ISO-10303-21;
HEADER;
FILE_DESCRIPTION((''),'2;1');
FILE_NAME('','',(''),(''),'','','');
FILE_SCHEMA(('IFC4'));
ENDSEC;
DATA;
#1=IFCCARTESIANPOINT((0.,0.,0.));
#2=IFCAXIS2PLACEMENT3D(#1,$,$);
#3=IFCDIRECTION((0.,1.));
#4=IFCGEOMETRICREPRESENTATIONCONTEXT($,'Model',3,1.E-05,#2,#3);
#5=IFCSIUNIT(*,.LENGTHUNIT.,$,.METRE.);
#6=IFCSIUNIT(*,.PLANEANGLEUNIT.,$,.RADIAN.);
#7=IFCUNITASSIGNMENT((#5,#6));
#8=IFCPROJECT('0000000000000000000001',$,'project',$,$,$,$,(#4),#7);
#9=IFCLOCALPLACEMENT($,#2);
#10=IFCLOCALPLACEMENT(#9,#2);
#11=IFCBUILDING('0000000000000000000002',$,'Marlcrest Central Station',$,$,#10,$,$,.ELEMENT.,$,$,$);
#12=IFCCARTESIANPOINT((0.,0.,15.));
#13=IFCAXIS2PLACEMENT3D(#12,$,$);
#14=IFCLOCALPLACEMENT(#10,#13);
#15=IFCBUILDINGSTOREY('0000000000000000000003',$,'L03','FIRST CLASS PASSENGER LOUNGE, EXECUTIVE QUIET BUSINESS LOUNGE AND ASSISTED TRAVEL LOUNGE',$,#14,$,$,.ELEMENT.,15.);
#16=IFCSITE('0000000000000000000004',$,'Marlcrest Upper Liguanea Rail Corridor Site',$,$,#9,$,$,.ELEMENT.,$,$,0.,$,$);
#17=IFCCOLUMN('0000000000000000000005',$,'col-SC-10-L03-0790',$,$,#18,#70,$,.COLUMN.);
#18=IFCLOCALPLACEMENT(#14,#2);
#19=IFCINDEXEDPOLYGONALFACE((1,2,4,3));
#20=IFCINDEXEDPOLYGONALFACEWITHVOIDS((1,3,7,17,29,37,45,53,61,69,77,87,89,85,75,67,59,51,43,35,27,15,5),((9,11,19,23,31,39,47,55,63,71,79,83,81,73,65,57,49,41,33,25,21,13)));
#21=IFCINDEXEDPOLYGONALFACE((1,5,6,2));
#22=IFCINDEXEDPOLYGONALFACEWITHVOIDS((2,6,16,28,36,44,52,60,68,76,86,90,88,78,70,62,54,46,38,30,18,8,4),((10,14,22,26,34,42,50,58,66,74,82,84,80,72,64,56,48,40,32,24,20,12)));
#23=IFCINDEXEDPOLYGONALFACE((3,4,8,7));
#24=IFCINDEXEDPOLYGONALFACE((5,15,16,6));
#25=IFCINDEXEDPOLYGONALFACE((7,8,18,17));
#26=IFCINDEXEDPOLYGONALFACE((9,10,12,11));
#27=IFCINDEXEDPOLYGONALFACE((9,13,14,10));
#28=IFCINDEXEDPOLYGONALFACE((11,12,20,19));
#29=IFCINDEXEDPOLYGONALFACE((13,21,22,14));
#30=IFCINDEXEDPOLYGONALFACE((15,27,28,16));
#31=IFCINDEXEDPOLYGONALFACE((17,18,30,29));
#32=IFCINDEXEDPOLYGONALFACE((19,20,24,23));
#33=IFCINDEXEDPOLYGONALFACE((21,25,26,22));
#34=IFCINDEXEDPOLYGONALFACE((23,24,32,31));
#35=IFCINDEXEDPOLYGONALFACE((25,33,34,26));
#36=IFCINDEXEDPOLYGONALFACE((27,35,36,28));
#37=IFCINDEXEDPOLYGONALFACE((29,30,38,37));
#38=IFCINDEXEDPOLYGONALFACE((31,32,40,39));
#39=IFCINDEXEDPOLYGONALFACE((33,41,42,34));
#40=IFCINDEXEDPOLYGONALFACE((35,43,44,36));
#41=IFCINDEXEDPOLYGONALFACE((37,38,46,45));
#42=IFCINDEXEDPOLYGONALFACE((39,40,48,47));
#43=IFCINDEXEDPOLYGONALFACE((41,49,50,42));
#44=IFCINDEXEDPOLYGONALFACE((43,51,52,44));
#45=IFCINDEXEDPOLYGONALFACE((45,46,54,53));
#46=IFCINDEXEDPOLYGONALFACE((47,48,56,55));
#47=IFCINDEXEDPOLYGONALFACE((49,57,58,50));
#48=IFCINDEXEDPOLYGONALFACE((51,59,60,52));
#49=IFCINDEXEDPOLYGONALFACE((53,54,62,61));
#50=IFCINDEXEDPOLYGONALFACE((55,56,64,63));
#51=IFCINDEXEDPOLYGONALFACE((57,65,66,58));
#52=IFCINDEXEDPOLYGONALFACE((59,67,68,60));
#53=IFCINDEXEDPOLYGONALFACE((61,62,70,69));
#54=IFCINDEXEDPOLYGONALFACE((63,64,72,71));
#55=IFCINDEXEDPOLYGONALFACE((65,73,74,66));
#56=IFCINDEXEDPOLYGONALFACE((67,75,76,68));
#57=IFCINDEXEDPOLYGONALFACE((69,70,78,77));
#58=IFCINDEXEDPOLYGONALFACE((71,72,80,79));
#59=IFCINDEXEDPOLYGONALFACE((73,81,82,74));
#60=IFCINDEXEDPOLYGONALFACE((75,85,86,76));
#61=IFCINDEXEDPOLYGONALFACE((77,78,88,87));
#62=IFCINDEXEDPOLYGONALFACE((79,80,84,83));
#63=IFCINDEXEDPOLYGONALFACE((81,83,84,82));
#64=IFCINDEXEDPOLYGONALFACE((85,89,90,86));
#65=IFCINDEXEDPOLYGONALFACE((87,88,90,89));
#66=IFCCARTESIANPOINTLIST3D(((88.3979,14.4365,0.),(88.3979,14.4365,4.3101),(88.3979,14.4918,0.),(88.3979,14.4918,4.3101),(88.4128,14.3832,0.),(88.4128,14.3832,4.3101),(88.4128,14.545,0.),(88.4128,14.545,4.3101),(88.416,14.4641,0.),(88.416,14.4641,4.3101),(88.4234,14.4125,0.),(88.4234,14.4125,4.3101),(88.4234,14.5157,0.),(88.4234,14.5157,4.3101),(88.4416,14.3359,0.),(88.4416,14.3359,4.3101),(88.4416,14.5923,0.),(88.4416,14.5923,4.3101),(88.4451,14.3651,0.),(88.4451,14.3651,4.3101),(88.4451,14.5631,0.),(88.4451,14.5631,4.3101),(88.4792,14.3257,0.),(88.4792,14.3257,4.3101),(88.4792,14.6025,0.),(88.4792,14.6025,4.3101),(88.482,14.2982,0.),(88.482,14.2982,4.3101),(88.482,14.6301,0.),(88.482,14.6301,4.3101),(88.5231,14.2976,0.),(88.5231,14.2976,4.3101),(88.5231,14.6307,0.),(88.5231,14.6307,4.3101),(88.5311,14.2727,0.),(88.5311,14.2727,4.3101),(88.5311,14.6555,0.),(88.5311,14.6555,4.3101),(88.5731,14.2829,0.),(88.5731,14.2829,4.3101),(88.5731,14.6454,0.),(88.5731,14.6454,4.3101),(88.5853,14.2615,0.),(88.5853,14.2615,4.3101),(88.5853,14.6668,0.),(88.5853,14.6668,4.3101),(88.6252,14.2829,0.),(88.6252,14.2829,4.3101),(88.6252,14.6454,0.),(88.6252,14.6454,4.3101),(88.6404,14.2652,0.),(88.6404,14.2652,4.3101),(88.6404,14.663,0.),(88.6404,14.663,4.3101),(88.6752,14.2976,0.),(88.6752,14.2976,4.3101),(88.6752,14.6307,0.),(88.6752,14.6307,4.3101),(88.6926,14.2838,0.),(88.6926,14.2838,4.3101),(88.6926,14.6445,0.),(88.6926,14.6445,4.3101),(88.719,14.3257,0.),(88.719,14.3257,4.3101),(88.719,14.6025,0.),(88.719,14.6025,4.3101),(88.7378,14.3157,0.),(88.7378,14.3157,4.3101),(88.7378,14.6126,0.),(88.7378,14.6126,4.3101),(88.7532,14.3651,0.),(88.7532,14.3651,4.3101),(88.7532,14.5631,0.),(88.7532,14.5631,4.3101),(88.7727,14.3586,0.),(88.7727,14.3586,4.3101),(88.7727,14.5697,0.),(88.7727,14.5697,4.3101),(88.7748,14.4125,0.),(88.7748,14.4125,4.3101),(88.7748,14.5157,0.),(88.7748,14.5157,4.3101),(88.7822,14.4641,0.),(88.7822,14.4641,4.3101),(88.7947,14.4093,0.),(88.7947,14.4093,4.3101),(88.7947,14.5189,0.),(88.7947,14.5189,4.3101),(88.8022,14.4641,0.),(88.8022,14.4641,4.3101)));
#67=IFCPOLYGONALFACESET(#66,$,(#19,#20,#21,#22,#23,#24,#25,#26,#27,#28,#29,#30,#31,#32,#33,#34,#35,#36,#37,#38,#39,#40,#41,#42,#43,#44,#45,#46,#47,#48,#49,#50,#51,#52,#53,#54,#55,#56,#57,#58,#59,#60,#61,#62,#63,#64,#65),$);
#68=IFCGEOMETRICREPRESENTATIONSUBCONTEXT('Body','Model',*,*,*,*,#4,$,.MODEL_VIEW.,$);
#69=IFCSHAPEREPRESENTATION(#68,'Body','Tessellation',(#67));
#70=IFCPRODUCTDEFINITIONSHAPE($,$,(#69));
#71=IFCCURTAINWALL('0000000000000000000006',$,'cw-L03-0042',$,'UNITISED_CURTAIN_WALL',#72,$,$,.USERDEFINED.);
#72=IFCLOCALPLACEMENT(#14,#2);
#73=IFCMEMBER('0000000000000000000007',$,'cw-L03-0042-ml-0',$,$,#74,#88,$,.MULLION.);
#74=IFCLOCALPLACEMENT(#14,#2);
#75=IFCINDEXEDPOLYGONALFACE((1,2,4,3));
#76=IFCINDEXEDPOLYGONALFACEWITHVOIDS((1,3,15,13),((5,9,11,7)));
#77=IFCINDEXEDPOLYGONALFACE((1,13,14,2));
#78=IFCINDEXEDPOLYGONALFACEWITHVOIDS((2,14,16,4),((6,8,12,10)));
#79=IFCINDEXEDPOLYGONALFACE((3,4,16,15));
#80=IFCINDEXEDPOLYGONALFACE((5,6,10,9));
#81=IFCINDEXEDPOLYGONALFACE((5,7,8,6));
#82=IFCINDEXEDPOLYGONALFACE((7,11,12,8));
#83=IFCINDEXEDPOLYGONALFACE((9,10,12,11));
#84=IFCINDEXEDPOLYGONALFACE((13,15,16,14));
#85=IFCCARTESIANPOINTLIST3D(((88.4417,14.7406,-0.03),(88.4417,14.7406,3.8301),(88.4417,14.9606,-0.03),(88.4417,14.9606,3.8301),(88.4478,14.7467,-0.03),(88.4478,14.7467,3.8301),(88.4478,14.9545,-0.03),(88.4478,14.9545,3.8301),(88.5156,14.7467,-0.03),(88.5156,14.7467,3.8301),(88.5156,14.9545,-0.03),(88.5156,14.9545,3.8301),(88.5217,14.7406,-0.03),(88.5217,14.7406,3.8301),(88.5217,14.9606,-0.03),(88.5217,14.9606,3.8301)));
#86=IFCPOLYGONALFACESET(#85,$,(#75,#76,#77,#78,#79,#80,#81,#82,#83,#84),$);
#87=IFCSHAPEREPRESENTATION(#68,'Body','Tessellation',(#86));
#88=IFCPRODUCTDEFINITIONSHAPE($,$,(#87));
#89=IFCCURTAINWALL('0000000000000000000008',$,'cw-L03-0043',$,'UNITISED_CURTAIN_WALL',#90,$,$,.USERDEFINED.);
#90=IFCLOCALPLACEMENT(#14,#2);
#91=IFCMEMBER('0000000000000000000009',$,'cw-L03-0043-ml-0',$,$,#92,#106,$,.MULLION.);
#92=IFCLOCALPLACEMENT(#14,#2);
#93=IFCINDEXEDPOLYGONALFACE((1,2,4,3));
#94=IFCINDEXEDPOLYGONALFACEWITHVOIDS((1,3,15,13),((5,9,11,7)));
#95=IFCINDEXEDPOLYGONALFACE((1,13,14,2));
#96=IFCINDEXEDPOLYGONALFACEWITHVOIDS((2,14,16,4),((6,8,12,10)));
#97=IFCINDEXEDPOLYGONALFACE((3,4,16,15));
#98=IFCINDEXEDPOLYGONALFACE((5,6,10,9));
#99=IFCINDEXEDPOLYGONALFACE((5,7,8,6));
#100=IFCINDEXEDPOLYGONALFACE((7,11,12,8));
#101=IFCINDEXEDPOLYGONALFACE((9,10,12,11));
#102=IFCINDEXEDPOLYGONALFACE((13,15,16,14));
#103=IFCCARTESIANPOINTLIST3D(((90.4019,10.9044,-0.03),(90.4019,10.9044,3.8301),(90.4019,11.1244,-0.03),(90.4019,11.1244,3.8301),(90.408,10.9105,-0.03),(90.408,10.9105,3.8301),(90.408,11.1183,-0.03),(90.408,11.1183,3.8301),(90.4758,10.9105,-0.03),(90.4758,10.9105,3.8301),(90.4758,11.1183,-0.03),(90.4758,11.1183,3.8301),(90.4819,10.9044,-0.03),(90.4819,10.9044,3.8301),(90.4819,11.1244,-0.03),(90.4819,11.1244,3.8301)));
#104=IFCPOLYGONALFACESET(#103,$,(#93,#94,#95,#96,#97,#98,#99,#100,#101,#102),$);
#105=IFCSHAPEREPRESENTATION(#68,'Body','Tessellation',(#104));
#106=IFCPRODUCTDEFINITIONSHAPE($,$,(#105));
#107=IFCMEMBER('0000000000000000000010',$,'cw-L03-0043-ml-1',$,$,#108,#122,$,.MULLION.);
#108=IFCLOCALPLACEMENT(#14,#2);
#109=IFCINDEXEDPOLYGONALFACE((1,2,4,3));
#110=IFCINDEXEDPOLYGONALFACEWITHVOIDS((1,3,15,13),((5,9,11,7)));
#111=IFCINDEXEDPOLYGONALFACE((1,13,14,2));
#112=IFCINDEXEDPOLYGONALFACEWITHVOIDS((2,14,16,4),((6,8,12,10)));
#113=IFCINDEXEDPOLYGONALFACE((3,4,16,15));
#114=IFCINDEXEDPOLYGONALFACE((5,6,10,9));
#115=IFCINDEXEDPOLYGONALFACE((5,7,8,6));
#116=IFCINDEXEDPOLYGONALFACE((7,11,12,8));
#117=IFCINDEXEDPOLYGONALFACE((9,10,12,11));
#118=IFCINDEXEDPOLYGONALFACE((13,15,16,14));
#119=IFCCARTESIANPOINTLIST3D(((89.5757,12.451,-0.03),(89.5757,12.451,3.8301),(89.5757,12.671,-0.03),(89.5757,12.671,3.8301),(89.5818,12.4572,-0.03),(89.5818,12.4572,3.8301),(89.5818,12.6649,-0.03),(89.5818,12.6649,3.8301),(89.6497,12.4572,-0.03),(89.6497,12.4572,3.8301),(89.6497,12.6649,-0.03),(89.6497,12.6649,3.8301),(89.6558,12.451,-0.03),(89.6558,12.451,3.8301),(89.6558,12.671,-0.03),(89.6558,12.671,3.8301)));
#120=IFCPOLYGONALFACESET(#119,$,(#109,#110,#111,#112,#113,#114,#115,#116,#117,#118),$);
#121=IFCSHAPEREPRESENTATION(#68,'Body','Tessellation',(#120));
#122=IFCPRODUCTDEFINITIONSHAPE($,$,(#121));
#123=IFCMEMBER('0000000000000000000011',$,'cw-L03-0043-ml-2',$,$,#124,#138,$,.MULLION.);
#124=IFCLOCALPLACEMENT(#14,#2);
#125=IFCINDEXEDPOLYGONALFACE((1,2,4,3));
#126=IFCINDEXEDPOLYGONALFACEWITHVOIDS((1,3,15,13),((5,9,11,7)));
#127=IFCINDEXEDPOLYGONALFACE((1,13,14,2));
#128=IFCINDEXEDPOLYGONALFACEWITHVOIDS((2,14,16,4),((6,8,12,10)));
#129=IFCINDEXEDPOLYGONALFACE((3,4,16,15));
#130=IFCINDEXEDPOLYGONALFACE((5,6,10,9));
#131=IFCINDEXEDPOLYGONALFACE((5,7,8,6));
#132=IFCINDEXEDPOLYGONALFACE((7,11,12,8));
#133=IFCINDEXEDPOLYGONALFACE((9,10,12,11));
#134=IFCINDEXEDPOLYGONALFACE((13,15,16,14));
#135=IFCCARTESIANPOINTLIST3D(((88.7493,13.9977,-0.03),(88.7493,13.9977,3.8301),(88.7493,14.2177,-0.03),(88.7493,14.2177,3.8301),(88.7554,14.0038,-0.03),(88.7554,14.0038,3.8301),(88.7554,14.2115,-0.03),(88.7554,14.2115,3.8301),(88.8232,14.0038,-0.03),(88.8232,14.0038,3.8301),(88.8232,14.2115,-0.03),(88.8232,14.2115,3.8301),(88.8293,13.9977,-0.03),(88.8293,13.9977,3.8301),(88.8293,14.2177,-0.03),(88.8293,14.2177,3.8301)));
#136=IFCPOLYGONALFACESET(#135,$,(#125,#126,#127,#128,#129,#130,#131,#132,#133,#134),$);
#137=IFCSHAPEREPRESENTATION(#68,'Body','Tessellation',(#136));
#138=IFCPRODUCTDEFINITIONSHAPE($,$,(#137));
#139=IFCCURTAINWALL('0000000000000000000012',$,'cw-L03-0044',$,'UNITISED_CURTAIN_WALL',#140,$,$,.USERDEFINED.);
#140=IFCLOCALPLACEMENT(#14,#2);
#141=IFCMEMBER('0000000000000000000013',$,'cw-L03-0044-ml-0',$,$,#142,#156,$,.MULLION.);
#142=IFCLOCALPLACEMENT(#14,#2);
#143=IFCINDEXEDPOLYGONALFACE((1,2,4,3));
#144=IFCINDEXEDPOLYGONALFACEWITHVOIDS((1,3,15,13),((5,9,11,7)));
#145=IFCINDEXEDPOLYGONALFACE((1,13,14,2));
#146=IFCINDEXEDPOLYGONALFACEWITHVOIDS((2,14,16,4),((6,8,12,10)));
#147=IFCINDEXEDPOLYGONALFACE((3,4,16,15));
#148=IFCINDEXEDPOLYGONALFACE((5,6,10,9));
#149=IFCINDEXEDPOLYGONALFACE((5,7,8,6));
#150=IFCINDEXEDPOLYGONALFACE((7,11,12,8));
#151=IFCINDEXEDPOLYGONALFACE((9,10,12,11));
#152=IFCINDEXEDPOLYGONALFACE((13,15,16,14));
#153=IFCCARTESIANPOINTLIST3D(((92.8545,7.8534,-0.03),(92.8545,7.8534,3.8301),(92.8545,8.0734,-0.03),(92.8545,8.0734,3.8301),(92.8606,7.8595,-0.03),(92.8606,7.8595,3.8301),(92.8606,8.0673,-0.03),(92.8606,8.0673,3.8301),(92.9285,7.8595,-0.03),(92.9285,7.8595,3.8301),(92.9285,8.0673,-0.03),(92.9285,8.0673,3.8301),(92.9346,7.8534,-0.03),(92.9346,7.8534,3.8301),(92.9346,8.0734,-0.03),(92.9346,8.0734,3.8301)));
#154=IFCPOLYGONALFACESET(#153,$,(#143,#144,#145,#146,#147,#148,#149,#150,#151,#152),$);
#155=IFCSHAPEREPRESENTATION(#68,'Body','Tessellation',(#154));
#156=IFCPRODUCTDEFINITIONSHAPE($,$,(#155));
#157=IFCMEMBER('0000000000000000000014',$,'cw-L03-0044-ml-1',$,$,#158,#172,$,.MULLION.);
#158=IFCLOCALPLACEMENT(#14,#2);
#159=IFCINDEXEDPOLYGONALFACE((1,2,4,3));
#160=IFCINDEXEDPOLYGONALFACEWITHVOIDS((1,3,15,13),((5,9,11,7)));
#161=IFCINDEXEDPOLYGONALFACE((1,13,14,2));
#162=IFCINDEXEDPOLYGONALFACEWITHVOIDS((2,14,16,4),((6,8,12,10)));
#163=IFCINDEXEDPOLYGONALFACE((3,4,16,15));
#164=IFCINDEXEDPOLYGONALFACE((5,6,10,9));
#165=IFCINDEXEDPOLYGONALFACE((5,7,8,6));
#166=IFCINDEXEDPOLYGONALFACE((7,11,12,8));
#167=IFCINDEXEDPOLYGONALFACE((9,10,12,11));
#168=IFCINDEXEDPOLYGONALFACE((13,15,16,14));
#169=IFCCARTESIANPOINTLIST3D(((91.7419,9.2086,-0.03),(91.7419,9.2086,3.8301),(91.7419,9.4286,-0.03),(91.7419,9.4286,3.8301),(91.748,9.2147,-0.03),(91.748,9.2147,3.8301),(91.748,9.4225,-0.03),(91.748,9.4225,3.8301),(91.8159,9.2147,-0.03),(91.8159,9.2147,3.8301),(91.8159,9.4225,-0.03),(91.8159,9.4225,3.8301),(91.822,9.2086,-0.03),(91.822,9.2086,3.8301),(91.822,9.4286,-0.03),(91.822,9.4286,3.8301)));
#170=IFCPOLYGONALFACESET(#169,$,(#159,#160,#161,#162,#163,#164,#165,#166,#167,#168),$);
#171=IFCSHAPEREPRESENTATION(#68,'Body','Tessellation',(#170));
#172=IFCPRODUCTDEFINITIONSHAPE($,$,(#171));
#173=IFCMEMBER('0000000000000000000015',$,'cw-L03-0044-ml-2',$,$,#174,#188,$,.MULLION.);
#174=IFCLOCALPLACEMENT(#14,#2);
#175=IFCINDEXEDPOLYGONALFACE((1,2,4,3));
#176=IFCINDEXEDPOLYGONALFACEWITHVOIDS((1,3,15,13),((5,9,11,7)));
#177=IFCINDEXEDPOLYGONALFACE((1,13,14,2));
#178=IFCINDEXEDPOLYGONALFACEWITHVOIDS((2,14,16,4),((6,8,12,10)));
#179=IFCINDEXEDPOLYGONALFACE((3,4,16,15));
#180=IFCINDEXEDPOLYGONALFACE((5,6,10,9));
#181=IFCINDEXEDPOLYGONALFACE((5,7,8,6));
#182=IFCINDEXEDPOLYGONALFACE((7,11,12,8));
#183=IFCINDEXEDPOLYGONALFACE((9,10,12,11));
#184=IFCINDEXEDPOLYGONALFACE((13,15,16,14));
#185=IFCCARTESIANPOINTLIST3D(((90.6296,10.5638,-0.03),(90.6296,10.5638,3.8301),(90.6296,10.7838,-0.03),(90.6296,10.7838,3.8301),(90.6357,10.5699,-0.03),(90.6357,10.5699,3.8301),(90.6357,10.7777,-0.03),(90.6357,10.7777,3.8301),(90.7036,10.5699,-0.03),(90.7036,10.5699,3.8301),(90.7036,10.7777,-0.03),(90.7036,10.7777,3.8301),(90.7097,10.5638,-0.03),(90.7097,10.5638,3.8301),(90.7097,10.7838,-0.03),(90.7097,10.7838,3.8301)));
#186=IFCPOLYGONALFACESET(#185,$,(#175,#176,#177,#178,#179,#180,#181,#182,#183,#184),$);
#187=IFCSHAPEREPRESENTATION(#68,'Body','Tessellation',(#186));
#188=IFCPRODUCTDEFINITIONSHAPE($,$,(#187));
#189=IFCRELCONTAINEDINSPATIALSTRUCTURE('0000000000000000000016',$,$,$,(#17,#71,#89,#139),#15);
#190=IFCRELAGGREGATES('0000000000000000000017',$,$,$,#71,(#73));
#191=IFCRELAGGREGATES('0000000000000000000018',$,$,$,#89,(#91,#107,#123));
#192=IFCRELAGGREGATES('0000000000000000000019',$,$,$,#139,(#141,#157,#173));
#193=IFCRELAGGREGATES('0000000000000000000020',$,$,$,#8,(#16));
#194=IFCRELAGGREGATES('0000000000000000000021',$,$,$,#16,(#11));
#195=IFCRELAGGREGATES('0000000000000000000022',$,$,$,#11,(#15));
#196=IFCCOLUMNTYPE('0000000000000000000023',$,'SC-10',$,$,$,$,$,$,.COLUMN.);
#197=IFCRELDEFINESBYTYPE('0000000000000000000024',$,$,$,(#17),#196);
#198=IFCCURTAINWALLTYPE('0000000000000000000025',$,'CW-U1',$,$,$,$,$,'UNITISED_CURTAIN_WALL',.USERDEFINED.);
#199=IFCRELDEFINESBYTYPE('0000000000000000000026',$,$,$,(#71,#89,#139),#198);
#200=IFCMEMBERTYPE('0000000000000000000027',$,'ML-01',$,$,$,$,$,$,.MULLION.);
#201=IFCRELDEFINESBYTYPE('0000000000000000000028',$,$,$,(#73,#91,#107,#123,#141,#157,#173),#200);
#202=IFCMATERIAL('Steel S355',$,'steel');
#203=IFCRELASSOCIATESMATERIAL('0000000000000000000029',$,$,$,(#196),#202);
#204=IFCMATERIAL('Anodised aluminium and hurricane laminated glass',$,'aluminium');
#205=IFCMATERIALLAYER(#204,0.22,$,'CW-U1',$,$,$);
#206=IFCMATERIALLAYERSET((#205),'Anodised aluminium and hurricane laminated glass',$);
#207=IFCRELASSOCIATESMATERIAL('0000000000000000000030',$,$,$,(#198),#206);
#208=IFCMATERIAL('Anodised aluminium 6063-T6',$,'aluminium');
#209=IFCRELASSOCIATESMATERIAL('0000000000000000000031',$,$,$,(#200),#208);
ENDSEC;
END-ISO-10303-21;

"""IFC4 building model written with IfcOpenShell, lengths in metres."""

from ifc_helpers import new_model, si_unit, direction, frame, origin, origin_2d, place, context, subcontext, project, spatial, hollow_rectangle, hollow_circle, extrude, material, layer, layer_set, material_profile, profile_set, type_object, element, aggregate, save


model = new_model("IFC4")

# Units and contexts
model_context = context("Model", 3, precision=1e-05, world=origin(), true_north=direction((0.0, 1.0)))
body_context = subcontext(model_context, "Body", "Model", "MODEL_VIEW")
ifc_project = project(units=[si_unit("LENGTHUNIT", "METRE"), si_unit("PLANEANGLEUNIT", "RADIAN")], contexts=[model_context])

# Site, building, storey
site_placement = place(None, origin())
site = spatial("IfcSite", under=ifc_project, at=site_placement, Name="Marlcrest Upper Liguanea Rail Corridor Site", CompositionType="ELEMENT", RefElevation=0.0)
building_placement = place(site_placement, origin())
building = spatial("IfcBuilding", under=site, at=building_placement, Name="Marlcrest Central Station", CompositionType="ELEMENT")
storey_placement = place(building_placement, frame((0.0, 0.0, 15.0)))
storey = spatial("IfcBuildingStorey", under=building, at=storey_placement, Name="L03", Description="FIRST CLASS PASSENGER LOUNGE, EXECUTIVE QUIET BUSINESS LOUNGE AND ASSISTED TRAVEL LOUNGE", CompositionType="ELEMENT", Elevation=15.0)

# Column
ifc_material_1 = material(Name="Steel S355", Category="steel")
ifc_material_profile_1 = material_profile(ifc_material_1, hollow_circle(Radius=0.2031, WallThickness=0.02, at=origin_2d()), Name="CHS 406.4x20")
ifc_profile_set_1 = profile_set([ifc_material_profile_1], Name="Steel S355")
column_type = type_object("IfcColumnType", Name="SC-10", PredefinedType="COLUMN", material=ifc_profile_set_1)
column_placement = place(storey_placement, frame((88.5991, 14.4641, 0.0), z_axis=(0.0, 0.0, 1.0), x_axis=(1.0, 0.0, 0.0)))
element("IfcColumn", 1, at=column_placement, inside=storey, type_object=column_type, Name="col-SC-10-L03-0790", PredefinedType="COLUMN", context=body_context, shape_type="SweptSolid", body=[
    extrude(hollow_circle(Radius=0.2031, WallThickness=0.02, at=origin_2d()), origin(), (0.0, 0.0, 1.0), 4.3101),
])

# Curtain wall, member
ifc_material_2 = material(Name="Anodised aluminium and hurricane laminated glass", Category="aluminium")
ifc_layer_1 = layer(ifc_material_2, 0.22, Name="CW-U1")
ifc_layer_set_1 = layer_set([ifc_layer_1], Name="Anodised aluminium and hurricane laminated glass")
curtain_wall_type = type_object("IfcCurtainWallType", Name="CW-U1", ElementType="UNITISED_CURTAIN_WALL", PredefinedType="USERDEFINED", material=ifc_layer_set_1)
curtain_wall_1_placement = place(storey_placement, origin())
curtain_wall_1 = element("IfcCurtainWall", 2, at=curtain_wall_1_placement, inside=storey, type_object=curtain_wall_type, Name="cw-L03-0042", ObjectType="UNITISED_CURTAIN_WALL", PredefinedType="USERDEFINED")
ifc_material_3 = material(Name="Anodised aluminium 6063-T6", Category="aluminium")
ifc_material_profile_2 = material_profile(ifc_material_3, hollow_rectangle(XDim=0.0801, YDim=0.22, WallThickness=0.0061, at=origin_2d()), Name="AA-RHS 220x80x6")
ifc_profile_set_2 = profile_set([ifc_material_profile_2], Name="Anodised aluminium 6063-T6")
member_type_1 = type_object("IfcMemberType", Name="ML-01", PredefinedType="MULLION", material=ifc_profile_set_2)
member_1_placement = place(storey_placement, frame((88.4817, 14.8506, -0.03), z_axis=(0.0, 0.0, 1.0), x_axis=(1.0, 0.0, 0.0)))
member_1 = element("IfcMember", 3, at=member_1_placement, type_object=member_type_1, Name="cw-L03-0042-ml-0", PredefinedType="MULLION", context=body_context, shape_type="SweptSolid", body=[
    extrude(hollow_rectangle(XDim=0.0801, YDim=0.22, WallThickness=0.0061, at=origin_2d()), origin(), (0.0, 0.0, 1.0), 3.8601),
])

# Curtain walls, members
curtain_wall_2_placement = place(storey_placement, origin())
curtain_wall_2 = element("IfcCurtainWall", 4, at=curtain_wall_2_placement, inside=storey, type_object=curtain_wall_type, Name="cw-L03-0043", ObjectType="UNITISED_CURTAIN_WALL", PredefinedType="USERDEFINED")
member_2_placement = place(storey_placement, frame((90.4419, 11.0144, -0.03), z_axis=(0.0, 0.0, 1.0), x_axis=(1.0, 0.0, 0.0)))
member_2 = element("IfcMember", 5, at=member_2_placement, type_object=member_type_1, Name="cw-L03-0043-ml-0", PredefinedType="MULLION", context=body_context, shape_type="SweptSolid", body=[
    extrude(hollow_rectangle(XDim=0.0801, YDim=0.22, WallThickness=0.0061, at=origin_2d()), origin(), (0.0, 0.0, 1.0), 3.8601),
])
member_3_placement = place(storey_placement, frame((89.6157, 12.561, -0.03), z_axis=(0.0, 0.0, 1.0), x_axis=(1.0, 0.0, 0.0)))
member_3 = element("IfcMember", 6, at=member_3_placement, type_object=member_type_1, Name="cw-L03-0043-ml-1", PredefinedType="MULLION", context=body_context, shape_type="SweptSolid", body=[
    extrude(hollow_rectangle(XDim=0.0801, YDim=0.22, WallThickness=0.0061, at=origin_2d()), origin(), (0.0, 0.0, 1.0), 3.8601),
])
member_4_placement = place(storey_placement, frame((88.7893, 14.1077, -0.03), z_axis=(0.0, 0.0, 1.0), x_axis=(1.0, 0.0, 0.0)))
member_4 = element("IfcMember", 7, at=member_4_placement, type_object=member_type_1, Name="cw-L03-0043-ml-2", PredefinedType="MULLION", context=body_context, shape_type="SweptSolid", body=[
    extrude(hollow_rectangle(XDim=0.0801, YDim=0.22, WallThickness=0.0061, at=origin_2d()), origin(), (0.0, 0.0, 1.0), 3.8601),
])
curtain_wall_3_placement = place(storey_placement, origin())
curtain_wall_3 = element("IfcCurtainWall", 8, at=curtain_wall_3_placement, inside=storey, type_object=curtain_wall_type, Name="cw-L03-0044", ObjectType="UNITISED_CURTAIN_WALL", PredefinedType="USERDEFINED")
member_5_placement = place(storey_placement, frame((92.8945, 7.9634, -0.03), z_axis=(0.0, 0.0, 1.0), x_axis=(1.0, 0.0, 0.0)))
member_5 = element("IfcMember", 9, at=member_5_placement, type_object=member_type_1, Name="cw-L03-0044-ml-0", PredefinedType="MULLION", context=body_context, shape_type="SweptSolid", body=[
    extrude(hollow_rectangle(XDim=0.0801, YDim=0.22, WallThickness=0.0061, at=origin_2d()), origin(), (0.0, 0.0, 1.0), 3.8601),
])
member_6_placement = place(storey_placement, frame((91.782, 9.3186, -0.03), z_axis=(0.0, 0.0, 1.0), x_axis=(1.0, 0.0, 0.0)))
member_6 = element("IfcMember", 10, at=member_6_placement, type_object=member_type_1, Name="cw-L03-0044-ml-1", PredefinedType="MULLION", context=body_context, shape_type="SweptSolid", body=[
    extrude(hollow_rectangle(XDim=0.0801, YDim=0.22, WallThickness=0.0061, at=origin_2d()), origin(), (0.0, 0.0, 1.0), 3.8601),
])
member_7_placement = place(storey_placement, frame((90.6697, 10.6738, -0.03), z_axis=(0.0, 0.0, 1.0), x_axis=(1.0, 0.0, 0.0)))
member_7 = element("IfcMember", 11, at=member_7_placement, type_object=member_type_1, Name="cw-L03-0044-ml-2", PredefinedType="MULLION", context=body_context, shape_type="SweptSolid", body=[
    extrude(hollow_rectangle(XDim=0.0801, YDim=0.22, WallThickness=0.0061, at=origin_2d()), origin(), (0.0, 0.0, 1.0), 3.8601),
])

aggregate(curtain_wall_1, [member_1])

aggregate(curtain_wall_2, [member_2, member_3, member_4])
aggregate(curtain_wall_3, [member_5, member_6, member_7])

save(model, "model.ifc")
